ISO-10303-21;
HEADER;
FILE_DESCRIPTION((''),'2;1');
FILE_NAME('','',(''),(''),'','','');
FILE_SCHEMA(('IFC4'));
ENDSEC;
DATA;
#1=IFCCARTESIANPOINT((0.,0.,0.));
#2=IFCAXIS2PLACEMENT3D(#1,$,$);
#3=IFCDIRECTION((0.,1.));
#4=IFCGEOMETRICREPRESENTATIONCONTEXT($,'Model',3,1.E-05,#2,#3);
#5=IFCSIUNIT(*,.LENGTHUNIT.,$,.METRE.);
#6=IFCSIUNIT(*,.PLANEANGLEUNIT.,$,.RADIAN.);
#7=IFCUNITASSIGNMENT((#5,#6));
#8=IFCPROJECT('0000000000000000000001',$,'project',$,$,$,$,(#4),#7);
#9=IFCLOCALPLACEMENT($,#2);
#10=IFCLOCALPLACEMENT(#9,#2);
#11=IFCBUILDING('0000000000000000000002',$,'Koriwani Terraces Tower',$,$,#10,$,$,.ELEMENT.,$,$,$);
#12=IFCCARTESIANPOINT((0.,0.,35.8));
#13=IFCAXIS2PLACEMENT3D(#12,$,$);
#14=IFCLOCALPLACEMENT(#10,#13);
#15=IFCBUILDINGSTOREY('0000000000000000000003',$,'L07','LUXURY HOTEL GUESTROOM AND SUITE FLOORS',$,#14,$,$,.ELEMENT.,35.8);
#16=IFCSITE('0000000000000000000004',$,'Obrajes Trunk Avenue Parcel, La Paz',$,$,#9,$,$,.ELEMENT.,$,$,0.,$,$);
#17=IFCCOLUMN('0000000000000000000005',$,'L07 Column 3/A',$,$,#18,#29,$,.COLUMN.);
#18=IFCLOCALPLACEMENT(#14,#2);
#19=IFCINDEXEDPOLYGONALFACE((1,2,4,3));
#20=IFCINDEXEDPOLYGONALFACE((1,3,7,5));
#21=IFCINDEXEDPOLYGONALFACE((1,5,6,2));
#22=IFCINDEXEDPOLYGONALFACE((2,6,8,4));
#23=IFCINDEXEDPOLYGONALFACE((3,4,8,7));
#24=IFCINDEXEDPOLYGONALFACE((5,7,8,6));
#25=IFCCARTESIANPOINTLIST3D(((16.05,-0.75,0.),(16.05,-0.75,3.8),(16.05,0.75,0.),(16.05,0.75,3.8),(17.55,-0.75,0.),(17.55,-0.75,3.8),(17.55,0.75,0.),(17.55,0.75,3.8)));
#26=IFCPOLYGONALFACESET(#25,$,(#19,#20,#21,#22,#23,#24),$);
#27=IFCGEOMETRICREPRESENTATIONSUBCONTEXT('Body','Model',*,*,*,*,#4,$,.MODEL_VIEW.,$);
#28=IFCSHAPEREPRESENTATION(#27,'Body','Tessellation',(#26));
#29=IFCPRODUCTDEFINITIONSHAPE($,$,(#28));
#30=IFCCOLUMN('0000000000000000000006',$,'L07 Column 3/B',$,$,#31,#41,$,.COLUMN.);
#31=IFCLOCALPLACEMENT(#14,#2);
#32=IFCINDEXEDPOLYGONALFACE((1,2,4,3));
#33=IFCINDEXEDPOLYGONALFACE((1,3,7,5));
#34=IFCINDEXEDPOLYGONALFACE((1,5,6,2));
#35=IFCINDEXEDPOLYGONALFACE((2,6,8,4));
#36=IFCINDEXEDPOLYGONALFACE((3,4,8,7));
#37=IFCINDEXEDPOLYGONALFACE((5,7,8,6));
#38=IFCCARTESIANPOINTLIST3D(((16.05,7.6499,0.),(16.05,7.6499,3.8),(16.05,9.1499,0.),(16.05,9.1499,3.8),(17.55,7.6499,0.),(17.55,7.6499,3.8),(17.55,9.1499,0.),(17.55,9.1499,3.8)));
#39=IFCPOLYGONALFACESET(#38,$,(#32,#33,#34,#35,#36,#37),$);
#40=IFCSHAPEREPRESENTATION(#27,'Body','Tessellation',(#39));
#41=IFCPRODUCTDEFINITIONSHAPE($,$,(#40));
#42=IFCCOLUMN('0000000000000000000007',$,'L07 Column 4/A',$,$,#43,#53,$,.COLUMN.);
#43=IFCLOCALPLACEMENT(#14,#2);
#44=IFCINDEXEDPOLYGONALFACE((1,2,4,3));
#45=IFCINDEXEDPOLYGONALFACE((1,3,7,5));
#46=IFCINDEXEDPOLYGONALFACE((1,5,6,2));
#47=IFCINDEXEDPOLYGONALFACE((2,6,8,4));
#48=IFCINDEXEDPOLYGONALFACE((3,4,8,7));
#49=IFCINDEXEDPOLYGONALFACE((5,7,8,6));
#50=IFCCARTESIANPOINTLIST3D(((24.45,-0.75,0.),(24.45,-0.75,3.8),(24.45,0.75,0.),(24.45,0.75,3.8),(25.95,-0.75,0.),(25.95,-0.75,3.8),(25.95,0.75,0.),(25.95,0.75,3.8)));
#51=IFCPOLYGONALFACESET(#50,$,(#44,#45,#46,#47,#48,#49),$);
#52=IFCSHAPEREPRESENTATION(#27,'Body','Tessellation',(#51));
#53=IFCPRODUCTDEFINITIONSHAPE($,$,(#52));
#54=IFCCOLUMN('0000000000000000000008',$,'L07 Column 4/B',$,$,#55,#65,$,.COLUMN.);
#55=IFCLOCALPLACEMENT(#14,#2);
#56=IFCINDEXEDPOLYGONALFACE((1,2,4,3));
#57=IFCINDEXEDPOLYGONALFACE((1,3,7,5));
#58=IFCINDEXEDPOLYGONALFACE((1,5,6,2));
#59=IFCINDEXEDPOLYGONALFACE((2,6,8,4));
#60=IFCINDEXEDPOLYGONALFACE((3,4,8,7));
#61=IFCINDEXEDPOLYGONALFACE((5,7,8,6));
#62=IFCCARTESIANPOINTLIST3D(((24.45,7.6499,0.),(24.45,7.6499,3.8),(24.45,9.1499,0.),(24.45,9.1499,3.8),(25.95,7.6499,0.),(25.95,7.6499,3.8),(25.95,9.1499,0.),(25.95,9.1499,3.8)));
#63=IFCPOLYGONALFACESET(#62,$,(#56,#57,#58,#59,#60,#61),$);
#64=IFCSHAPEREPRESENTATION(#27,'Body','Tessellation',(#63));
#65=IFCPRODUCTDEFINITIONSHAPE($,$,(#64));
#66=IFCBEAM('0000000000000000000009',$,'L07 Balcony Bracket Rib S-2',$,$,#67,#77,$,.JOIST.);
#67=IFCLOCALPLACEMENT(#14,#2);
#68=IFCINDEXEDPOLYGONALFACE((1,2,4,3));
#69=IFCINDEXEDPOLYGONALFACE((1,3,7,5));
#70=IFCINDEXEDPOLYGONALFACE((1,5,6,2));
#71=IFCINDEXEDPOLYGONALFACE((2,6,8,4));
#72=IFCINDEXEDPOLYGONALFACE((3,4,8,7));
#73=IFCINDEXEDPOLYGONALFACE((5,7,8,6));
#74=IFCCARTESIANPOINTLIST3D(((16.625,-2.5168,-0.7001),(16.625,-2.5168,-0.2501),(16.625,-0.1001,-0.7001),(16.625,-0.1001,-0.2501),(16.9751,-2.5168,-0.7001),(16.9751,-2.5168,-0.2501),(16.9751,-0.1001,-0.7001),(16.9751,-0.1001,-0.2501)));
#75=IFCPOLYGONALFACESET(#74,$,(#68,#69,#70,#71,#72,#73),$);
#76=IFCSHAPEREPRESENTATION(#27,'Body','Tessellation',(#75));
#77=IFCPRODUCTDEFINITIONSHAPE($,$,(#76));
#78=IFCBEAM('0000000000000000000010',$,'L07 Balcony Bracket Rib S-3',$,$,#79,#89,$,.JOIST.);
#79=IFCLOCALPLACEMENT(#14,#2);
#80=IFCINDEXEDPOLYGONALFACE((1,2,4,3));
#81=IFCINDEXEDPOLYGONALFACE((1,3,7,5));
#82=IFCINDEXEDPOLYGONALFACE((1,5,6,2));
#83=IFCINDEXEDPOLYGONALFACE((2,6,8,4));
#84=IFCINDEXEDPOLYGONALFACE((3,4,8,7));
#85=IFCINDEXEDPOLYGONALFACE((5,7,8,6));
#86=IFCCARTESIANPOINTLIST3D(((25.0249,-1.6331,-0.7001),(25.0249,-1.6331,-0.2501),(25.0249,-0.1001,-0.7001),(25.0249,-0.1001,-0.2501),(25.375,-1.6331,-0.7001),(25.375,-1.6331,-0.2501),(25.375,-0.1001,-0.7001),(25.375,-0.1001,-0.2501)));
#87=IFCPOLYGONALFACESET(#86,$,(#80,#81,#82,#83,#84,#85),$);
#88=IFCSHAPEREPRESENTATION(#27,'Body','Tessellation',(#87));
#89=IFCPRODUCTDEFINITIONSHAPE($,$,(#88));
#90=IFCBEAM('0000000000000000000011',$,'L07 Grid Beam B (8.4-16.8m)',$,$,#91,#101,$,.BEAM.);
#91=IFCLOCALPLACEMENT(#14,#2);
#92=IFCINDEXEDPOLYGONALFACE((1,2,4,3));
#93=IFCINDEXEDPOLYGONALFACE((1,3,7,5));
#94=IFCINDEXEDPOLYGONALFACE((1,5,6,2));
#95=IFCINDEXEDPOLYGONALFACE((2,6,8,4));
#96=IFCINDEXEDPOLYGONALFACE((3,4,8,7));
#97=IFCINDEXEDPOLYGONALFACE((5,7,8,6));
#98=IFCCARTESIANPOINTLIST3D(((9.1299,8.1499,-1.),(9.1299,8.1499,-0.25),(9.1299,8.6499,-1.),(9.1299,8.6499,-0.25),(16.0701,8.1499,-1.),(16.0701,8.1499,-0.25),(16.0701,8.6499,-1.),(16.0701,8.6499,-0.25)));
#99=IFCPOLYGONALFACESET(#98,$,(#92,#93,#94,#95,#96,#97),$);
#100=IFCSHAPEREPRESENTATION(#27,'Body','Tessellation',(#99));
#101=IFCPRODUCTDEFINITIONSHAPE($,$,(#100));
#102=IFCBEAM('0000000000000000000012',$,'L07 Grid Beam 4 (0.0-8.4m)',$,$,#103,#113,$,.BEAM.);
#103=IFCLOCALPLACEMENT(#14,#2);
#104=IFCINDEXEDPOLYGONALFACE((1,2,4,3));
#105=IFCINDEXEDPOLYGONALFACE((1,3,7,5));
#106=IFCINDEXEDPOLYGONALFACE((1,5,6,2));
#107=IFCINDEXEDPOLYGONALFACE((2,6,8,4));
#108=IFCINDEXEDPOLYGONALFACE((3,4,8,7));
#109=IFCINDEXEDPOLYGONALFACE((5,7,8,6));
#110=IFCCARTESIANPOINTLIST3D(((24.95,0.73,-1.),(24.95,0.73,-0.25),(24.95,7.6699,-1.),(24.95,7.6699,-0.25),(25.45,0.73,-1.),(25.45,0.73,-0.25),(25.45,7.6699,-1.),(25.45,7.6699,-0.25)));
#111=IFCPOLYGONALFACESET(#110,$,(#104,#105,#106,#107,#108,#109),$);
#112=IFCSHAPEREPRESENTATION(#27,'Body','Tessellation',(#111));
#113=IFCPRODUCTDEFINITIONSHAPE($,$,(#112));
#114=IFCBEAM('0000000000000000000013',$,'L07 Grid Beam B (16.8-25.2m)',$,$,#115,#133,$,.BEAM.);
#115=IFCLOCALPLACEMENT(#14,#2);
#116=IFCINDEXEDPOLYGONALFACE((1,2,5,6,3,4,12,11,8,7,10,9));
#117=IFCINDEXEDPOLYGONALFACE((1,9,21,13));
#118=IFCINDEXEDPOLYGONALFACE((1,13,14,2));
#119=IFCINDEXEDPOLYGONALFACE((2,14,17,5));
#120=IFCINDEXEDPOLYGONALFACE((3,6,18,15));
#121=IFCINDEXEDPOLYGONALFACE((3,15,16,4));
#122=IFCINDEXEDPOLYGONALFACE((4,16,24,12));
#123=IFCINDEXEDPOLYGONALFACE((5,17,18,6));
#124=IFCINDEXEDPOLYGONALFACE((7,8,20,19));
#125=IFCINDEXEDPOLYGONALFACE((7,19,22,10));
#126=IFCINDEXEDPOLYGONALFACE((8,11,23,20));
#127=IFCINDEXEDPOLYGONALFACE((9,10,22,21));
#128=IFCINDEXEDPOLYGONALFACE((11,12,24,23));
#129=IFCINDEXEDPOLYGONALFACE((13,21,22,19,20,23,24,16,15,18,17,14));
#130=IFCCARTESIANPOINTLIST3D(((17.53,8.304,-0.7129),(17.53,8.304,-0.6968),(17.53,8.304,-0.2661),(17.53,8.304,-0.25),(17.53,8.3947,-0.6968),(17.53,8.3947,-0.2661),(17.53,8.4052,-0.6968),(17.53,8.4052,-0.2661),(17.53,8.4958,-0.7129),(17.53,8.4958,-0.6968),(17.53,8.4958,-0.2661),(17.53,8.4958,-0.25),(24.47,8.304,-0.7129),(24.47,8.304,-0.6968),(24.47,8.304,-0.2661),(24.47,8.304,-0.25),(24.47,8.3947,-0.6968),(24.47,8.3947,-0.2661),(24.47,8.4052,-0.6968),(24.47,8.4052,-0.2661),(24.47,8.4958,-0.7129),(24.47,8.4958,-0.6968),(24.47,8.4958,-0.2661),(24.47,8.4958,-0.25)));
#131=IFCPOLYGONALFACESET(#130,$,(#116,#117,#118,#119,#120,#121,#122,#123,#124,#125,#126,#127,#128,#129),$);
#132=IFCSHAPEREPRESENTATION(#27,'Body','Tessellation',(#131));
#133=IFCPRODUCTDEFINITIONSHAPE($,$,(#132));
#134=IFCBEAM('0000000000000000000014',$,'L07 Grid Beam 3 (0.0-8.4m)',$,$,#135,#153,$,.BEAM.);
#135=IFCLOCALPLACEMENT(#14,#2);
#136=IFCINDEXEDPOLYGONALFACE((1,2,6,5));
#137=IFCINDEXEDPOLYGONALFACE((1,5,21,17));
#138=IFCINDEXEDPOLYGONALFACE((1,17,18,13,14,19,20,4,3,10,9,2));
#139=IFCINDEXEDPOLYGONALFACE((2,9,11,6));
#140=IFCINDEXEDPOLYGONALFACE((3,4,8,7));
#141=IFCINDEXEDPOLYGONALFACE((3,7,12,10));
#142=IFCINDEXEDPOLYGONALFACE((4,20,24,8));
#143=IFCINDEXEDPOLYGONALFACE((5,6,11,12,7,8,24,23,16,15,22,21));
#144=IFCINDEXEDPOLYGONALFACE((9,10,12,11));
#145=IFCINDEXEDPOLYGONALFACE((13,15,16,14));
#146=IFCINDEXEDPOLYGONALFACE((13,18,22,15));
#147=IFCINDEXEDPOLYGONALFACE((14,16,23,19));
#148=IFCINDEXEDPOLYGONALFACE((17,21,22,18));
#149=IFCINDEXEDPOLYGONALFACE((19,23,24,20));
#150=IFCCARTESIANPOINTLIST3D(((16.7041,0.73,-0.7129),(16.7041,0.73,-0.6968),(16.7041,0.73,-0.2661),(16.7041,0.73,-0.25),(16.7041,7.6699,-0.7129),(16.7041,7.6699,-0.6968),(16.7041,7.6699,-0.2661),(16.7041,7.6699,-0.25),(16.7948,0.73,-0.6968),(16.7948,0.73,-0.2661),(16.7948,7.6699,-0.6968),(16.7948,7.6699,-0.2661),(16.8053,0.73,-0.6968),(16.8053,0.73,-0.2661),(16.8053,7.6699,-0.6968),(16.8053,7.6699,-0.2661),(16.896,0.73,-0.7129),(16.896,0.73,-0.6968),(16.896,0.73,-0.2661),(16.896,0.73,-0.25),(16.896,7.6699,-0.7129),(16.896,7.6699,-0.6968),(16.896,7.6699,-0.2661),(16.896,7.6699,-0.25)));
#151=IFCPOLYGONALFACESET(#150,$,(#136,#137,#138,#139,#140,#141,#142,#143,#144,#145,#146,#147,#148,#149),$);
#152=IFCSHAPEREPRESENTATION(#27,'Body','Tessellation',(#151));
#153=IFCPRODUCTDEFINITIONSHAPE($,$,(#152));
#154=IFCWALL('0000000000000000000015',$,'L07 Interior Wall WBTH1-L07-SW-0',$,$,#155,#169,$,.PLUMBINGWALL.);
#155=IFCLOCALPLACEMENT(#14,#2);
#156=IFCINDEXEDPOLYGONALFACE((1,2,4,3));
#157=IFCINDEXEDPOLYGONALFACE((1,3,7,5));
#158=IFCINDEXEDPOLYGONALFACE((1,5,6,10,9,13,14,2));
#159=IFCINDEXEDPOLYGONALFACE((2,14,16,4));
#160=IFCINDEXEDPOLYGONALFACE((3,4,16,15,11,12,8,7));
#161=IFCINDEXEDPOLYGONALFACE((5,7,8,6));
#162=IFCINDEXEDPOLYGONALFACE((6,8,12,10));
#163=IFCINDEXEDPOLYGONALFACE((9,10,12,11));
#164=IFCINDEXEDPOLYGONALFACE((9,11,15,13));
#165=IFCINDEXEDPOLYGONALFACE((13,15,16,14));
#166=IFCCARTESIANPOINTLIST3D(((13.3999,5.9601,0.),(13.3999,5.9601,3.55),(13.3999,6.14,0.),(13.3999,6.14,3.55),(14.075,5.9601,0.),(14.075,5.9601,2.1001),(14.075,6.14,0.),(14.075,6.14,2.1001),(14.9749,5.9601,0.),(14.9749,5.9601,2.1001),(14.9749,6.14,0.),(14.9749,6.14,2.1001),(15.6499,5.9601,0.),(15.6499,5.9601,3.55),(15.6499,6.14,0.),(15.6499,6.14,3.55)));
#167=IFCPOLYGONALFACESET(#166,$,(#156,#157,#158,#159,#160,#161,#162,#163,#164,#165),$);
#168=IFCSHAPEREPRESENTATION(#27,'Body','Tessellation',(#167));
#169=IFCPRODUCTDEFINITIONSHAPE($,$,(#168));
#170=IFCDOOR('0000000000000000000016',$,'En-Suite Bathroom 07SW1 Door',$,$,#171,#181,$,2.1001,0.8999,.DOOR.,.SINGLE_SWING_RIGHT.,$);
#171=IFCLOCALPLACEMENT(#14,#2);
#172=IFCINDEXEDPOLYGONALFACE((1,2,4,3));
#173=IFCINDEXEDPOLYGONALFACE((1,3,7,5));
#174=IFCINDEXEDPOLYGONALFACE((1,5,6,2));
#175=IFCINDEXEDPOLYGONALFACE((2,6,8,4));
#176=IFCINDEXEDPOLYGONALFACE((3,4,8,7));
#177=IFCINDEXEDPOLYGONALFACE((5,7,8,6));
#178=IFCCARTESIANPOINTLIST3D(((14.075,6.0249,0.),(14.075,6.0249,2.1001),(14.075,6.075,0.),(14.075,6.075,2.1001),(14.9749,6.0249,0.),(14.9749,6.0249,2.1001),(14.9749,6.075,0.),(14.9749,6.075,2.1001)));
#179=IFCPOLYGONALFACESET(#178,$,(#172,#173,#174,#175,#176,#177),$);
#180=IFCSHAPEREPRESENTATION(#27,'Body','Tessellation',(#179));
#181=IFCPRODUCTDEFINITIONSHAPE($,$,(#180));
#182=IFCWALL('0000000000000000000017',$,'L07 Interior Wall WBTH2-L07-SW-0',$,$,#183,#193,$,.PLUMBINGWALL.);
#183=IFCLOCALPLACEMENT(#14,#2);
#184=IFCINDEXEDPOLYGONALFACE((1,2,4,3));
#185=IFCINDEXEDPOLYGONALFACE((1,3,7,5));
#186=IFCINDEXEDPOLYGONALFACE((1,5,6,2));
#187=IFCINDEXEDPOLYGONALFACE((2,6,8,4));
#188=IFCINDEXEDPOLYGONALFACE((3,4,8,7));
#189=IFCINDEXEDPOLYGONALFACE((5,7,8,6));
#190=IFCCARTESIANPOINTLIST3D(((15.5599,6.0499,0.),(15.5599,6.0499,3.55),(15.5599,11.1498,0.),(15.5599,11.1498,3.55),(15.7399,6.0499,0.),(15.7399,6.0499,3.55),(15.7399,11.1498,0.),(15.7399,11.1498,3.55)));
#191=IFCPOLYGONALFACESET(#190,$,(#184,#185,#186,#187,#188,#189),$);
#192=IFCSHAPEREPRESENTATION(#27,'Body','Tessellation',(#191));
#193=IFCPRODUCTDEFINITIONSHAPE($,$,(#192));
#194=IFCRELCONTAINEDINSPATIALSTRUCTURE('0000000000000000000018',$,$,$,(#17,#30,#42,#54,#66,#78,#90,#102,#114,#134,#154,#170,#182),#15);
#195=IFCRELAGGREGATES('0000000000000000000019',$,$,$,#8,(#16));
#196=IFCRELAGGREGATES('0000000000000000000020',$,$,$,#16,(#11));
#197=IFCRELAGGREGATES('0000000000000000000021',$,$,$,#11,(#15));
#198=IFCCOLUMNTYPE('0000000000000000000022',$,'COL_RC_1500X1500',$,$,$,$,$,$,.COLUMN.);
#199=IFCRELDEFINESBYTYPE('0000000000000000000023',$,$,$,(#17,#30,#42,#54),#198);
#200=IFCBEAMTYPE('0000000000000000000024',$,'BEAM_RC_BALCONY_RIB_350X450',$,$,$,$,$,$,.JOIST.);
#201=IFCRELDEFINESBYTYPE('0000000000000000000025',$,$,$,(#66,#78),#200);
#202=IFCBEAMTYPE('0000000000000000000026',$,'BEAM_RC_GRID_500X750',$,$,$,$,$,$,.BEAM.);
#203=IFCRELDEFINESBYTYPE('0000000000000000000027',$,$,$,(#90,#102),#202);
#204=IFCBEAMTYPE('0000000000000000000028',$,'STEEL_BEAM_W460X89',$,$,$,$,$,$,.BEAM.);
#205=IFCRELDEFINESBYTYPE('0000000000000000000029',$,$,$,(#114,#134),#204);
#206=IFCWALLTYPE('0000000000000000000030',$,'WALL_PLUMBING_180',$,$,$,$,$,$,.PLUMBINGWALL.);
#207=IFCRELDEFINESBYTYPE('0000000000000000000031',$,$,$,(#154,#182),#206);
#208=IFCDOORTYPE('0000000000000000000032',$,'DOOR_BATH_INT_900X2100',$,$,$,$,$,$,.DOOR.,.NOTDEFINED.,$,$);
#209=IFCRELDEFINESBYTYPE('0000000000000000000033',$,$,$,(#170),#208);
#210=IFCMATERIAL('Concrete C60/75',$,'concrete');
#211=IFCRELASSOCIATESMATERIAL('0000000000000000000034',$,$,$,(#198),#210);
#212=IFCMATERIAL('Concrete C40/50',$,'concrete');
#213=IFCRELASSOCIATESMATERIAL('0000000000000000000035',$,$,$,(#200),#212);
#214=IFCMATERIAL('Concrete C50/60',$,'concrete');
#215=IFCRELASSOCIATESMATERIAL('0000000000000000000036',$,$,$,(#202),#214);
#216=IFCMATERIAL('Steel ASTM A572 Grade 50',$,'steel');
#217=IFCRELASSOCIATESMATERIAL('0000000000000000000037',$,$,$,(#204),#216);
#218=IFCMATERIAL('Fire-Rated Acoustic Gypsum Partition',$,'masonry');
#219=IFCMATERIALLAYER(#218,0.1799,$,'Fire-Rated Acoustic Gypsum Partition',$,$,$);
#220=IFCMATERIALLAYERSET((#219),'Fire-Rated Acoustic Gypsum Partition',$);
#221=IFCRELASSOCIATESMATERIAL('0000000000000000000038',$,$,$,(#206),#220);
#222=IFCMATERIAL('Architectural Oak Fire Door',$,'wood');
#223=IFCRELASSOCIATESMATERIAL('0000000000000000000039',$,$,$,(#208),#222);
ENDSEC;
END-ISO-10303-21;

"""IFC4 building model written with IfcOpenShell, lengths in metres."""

from ifc_helpers import new_model, si_unit, direction, frame, frame_2d, origin, origin_2d, place, context, subcontext, project, spatial, rectangle, i_section, extrude, material, layer, layer_set, material_profile, profile_set, type_object, element, fill, save


model = new_model("IFC4")

# Units and contexts
model_context = context("Model", 3, precision=1e-05, world=origin(), true_north=direction((0.0, 1.0)))
body_context = subcontext(model_context, "Body", "Model", "MODEL_VIEW")
ifc_project = project(units=[si_unit("LENGTHUNIT", "METRE"), si_unit("PLANEANGLEUNIT", "RADIAN")], contexts=[model_context])

# Site, building, storey
site_placement = place(None, origin())
site = spatial("IfcSite", under=ifc_project, at=site_placement, Name="Obrajes Trunk Avenue Parcel, La Paz", CompositionType="ELEMENT", RefElevation=0.0)
building_placement = place(site_placement, origin())
building = spatial("IfcBuilding", under=site, at=building_placement, Name="Koriwani Terraces Tower", CompositionType="ELEMENT")
storey_placement = place(building_placement, frame((0.0, 0.0, 35.8)))
storey = spatial("IfcBuildingStorey", under=building, at=storey_placement, Name="L07", Description="LUXURY HOTEL GUESTROOM AND SUITE FLOORS", CompositionType="ELEMENT", Elevation=35.8)

# Columns
ifc_material_1 = material(Name="Concrete C60/75", Category="concrete")
ifc_material_profile_1 = material_profile(ifc_material_1, rectangle(XDim=1.5, YDim=1.5, at=origin_2d()), Name="Concrete C60/75", Category="LoadBearing")
ifc_profile_set_1 = profile_set([ifc_material_profile_1], Name="Concrete C60/75")
column_type = type_object("IfcColumnType", Name="COL_RC_1500X1500", PredefinedType="COLUMN", material=ifc_profile_set_1)
for number, where, z_axis, x_axis, name in (
    (1, (16.8, 0.0, 0.0), (0.0, 0.0, 1.0), (1.0, 0.0, 0.0), "L07 Column 3/A"),
    (2, (16.8, 8.3999, 0.0), (0.0, 0.0, 1.0), (1.0, 0.0, 0.0), "L07 Column 3/B"),
    (3, (25.2, 0.0, 0.0), (0.0, 0.0, 1.0), (1.0, 0.0, 0.0), "L07 Column 4/A"),
    (4, (25.2, 8.3999, 0.0), (0.0, 0.0, 1.0), (1.0, 0.0, 0.0), "L07 Column 4/B"),
):
    element("IfcColumn", number, at=place(storey_placement, frame(where, z_axis=z_axis, x_axis=x_axis)), inside=storey, type_object=column_type, Name=name, PredefinedType="COLUMN", context=body_context, shape_type="SweptSolid", body=[
        extrude(rectangle(XDim=1.5, YDim=1.5, at=origin_2d()), origin(), (0.0, 0.0, 1.0), 3.8),
    ])

# Beams
ifc_material_2 = material(Name="Concrete C40/50", Category="concrete")
ifc_material_profile_2 = material_profile(ifc_material_2, rectangle(XDim=0.3501, YDim=0.45, at=origin_2d()), Name="Concrete C40/50", Category="LoadBearing")
ifc_profile_set_2 = profile_set([ifc_material_profile_2], Name="Concrete C40/50")
beam_type_1 = type_object("IfcBeamType", Name="BEAM_RC_BALCONY_RIB_350X450", PredefinedType="JOIST", material=ifc_profile_set_2)
beam_1_placement = place(storey_placement, frame((16.8, -2.5168, -0.4751), z_axis=(0.0, 1.0, 0.0), x_axis=(-1.0, 0.0, 0.0)))
element("IfcBeam", 5, at=beam_1_placement, inside=storey, type_object=beam_type_1, Name="L07 Balcony Bracket Rib S-2", PredefinedType="JOIST", context=body_context, shape_type="SweptSolid", body=[
    extrude(rectangle(XDim=0.3501, YDim=0.45, at=origin_2d()), origin(), (0.0, 0.0, 1.0), 2.4167),
])
beam_2_placement = place(storey_placement, frame((25.2, -1.6331, -0.4751), z_axis=(0.0, 1.0, 0.0), x_axis=(-1.0, 0.0, 0.0)))
element("IfcBeam", 6, at=beam_2_placement, inside=storey, type_object=beam_type_1, Name="L07 Balcony Bracket Rib S-3", PredefinedType="JOIST", context=body_context, shape_type="SweptSolid", body=[
    extrude(rectangle(XDim=0.3501, YDim=0.45, at=origin_2d()), origin(), (0.0, 0.0, 1.0), 1.533),
])
ifc_material_3 = material(Name="Concrete C50/60", Category="concrete")
ifc_material_profile_3 = material_profile(ifc_material_3, rectangle(XDim=0.5, YDim=0.75, at=origin_2d()), Name="Concrete C50/60", Category="LoadBearing")
ifc_profile_set_3 = profile_set([ifc_material_profile_3], Name="Concrete C50/60")
beam_type_2 = type_object("IfcBeamType", Name="BEAM_RC_GRID_500X750", PredefinedType="BEAM", material=ifc_profile_set_3)
beam_3_placement = place(storey_placement, frame((9.1299, 8.3999, -0.625), z_axis=(1.0, 0.0, 0.0), x_axis=(0.0, 1.0, 0.0)))
element("IfcBeam", 7, at=beam_3_placement, inside=storey, type_object=beam_type_2, Name="L07 Grid Beam B (8.4-16.8m)", PredefinedType="BEAM", context=body_context, shape_type="SweptSolid", body=[
    extrude(rectangle(XDim=0.5, YDim=0.75, at=origin_2d()), origin(), (0.0, 0.0, 1.0), 6.9402),
])
beam_4_placement = place(storey_placement, frame((25.2, 0.73, -0.625), z_axis=(0.0, 1.0, 0.0), x_axis=(-1.0, 0.0, 0.0)))
element("IfcBeam", 8, at=beam_4_placement, inside=storey, type_object=beam_type_2, Name="L07 Grid Beam 4 (0.0-8.4m)", PredefinedType="BEAM", context=body_context, shape_type="SweptSolid", body=[
    extrude(rectangle(XDim=0.5, YDim=0.75, at=origin_2d()), origin(), (0.0, 0.0, 1.0), 6.9399),
])
ifc_material_4 = material(Name="Steel ASTM A572 Grade 50", Category="steel")
ifc_material_profile_4 = material_profile(ifc_material_4, i_section(OverallWidth=0.1919, OverallDepth=0.4629, WebThickness=0.0105, FlangeThickness=0.0161, at=origin_2d()), Name="Steel ASTM A572 Grade 50", Category="LoadBearing")
ifc_profile_set_4 = profile_set([ifc_material_profile_4], Name="Steel ASTM A572 Grade 50")
beam_type_3 = type_object("IfcBeamType", Name="STEEL_BEAM_W460X89", PredefinedType="BEAM", material=ifc_profile_set_4)
for number, where, z_axis, x_axis, name in (
    (9, (17.53, 8.3999, -0.4814), (1.0, 0.0, 0.0), (0.0, 1.0, 0.0), "L07 Grid Beam B (16.8-25.2m)"),
    (10, (16.8, 0.73, -0.4814), (0.0, 1.0, 0.0), (-1.0, 0.0, 0.0), "L07 Grid Beam 3 (0.0-8.4m)"),
):
    element("IfcBeam", number, at=place(storey_placement, frame(where, z_axis=z_axis, x_axis=x_axis)), inside=storey, type_object=beam_type_3, Name=name, PredefinedType="BEAM", context=body_context, shape_type="SweptSolid", body=[
        extrude(i_section(OverallWidth=0.1919, OverallDepth=0.4629, WebThickness=0.0105, FlangeThickness=0.0161, at=origin_2d()), origin(), (0.0, 0.0, 1.0), 6.9399),
    ])

# Shared definitions
ifc_material_5 = material(Name="Architectural Oak Fire Door", Category="wood")

# Wall, opening, door
ifc_material_6 = material(Name="Fire-Rated Acoustic Gypsum Partition", Category="masonry")
ifc_layer_1 = layer(ifc_material_6, 0.1799, Name="Fire-Rated Acoustic Gypsum Partition")
ifc_layer_set_1 = layer_set([ifc_layer_1], Name="Fire-Rated Acoustic Gypsum Partition")
wall_type_1 = type_object("IfcWallType", Name="WALL_PLUMBING_180", PredefinedType="PLUMBINGWALL", material=ifc_layer_set_1)
wall_1_placement = place(storey_placement, frame((13.3999, 6.05, 0.0), z_axis=(0.0, 0.0, 1.0), x_axis=(1.0, 0.0, 0.0)))
wall_1 = element("IfcWall", 11, at=wall_1_placement, inside=storey, type_object=wall_type_1, Name="L07 Interior Wall WBTH1-L07-SW-0", PredefinedType="PLUMBINGWALL", context=body_context, shape_type="SweptSolid", body=[
    extrude(rectangle(XDim=2.25, YDim=0.1799, at=frame_2d((1.125, 0.0))), origin(), (0.0, 0.0, 1.0), 3.55),
])
opening_1_placement = place(wall_1_placement, frame((0.675, 0.0, 0.0)))
opening_1 = element("IfcOpeningElement", 12, at=opening_1_placement, cuts=wall_1, PredefinedType="OPENING", context=body_context, shape_type="SweptSolid", body=[
    extrude(rectangle(XDim=0.8999, YDim=2.1001, at=frame_2d((0.45, 1.05))), frame((0.0, 0.1001, 0.0), z_axis=(0.0, -1.0, 0.0), x_axis=(1.0, 0.0, 0.0)), (0.0, 0.0, 1.0), 0.2),
])
door_type_1 = type_object("IfcDoorType", Name="DOOR_BATH_INT_900X2100", OperationType="NOTDEFINED", PredefinedType="DOOR", material=ifc_material_5)
door_1_placement = place(opening_1_placement, origin())
door_1 = element("IfcDoor", 13, at=door_1_placement, inside=storey, type_object=door_type_1, Name="En-Suite Bathroom 07SW1 Door", OperationType="SINGLE_SWING_RIGHT", OverallHeight=2.1001, OverallWidth=0.8999, PredefinedType="DOOR", context=body_context, shape_type="SweptSolid", body=[
    extrude(rectangle(XDim=0.8999, YDim=2.1001, at=frame_2d((0.45, 1.05))), frame((0.0, 0.0249, 0.0), z_axis=(0.0, -1.0, 0.0), x_axis=(1.0, 0.0, 0.0)), (0.0, 0.0, 1.0), 0.05),
])
fill(opening_1, door_1)

# Wall
wall_2_placement = place(storey_placement, frame((15.6499, 6.05, 0.0), z_axis=(0.0, 0.0, 1.0), x_axis=(0.0, 1.0, 0.0)))
element("IfcWall", 14, at=wall_2_placement, inside=storey, type_object=wall_type_1, Name="L07 Interior Wall WBTH2-L07-SW-0", PredefinedType="PLUMBINGWALL", context=body_context, shape_type="SweptSolid", body=[
    extrude(rectangle(XDim=5.0999, YDim=0.1799, at=frame_2d((2.5498, 0.0))), origin(), (0.0, 0.0, 1.0), 3.55),
])

save(model, "model.ifc")
